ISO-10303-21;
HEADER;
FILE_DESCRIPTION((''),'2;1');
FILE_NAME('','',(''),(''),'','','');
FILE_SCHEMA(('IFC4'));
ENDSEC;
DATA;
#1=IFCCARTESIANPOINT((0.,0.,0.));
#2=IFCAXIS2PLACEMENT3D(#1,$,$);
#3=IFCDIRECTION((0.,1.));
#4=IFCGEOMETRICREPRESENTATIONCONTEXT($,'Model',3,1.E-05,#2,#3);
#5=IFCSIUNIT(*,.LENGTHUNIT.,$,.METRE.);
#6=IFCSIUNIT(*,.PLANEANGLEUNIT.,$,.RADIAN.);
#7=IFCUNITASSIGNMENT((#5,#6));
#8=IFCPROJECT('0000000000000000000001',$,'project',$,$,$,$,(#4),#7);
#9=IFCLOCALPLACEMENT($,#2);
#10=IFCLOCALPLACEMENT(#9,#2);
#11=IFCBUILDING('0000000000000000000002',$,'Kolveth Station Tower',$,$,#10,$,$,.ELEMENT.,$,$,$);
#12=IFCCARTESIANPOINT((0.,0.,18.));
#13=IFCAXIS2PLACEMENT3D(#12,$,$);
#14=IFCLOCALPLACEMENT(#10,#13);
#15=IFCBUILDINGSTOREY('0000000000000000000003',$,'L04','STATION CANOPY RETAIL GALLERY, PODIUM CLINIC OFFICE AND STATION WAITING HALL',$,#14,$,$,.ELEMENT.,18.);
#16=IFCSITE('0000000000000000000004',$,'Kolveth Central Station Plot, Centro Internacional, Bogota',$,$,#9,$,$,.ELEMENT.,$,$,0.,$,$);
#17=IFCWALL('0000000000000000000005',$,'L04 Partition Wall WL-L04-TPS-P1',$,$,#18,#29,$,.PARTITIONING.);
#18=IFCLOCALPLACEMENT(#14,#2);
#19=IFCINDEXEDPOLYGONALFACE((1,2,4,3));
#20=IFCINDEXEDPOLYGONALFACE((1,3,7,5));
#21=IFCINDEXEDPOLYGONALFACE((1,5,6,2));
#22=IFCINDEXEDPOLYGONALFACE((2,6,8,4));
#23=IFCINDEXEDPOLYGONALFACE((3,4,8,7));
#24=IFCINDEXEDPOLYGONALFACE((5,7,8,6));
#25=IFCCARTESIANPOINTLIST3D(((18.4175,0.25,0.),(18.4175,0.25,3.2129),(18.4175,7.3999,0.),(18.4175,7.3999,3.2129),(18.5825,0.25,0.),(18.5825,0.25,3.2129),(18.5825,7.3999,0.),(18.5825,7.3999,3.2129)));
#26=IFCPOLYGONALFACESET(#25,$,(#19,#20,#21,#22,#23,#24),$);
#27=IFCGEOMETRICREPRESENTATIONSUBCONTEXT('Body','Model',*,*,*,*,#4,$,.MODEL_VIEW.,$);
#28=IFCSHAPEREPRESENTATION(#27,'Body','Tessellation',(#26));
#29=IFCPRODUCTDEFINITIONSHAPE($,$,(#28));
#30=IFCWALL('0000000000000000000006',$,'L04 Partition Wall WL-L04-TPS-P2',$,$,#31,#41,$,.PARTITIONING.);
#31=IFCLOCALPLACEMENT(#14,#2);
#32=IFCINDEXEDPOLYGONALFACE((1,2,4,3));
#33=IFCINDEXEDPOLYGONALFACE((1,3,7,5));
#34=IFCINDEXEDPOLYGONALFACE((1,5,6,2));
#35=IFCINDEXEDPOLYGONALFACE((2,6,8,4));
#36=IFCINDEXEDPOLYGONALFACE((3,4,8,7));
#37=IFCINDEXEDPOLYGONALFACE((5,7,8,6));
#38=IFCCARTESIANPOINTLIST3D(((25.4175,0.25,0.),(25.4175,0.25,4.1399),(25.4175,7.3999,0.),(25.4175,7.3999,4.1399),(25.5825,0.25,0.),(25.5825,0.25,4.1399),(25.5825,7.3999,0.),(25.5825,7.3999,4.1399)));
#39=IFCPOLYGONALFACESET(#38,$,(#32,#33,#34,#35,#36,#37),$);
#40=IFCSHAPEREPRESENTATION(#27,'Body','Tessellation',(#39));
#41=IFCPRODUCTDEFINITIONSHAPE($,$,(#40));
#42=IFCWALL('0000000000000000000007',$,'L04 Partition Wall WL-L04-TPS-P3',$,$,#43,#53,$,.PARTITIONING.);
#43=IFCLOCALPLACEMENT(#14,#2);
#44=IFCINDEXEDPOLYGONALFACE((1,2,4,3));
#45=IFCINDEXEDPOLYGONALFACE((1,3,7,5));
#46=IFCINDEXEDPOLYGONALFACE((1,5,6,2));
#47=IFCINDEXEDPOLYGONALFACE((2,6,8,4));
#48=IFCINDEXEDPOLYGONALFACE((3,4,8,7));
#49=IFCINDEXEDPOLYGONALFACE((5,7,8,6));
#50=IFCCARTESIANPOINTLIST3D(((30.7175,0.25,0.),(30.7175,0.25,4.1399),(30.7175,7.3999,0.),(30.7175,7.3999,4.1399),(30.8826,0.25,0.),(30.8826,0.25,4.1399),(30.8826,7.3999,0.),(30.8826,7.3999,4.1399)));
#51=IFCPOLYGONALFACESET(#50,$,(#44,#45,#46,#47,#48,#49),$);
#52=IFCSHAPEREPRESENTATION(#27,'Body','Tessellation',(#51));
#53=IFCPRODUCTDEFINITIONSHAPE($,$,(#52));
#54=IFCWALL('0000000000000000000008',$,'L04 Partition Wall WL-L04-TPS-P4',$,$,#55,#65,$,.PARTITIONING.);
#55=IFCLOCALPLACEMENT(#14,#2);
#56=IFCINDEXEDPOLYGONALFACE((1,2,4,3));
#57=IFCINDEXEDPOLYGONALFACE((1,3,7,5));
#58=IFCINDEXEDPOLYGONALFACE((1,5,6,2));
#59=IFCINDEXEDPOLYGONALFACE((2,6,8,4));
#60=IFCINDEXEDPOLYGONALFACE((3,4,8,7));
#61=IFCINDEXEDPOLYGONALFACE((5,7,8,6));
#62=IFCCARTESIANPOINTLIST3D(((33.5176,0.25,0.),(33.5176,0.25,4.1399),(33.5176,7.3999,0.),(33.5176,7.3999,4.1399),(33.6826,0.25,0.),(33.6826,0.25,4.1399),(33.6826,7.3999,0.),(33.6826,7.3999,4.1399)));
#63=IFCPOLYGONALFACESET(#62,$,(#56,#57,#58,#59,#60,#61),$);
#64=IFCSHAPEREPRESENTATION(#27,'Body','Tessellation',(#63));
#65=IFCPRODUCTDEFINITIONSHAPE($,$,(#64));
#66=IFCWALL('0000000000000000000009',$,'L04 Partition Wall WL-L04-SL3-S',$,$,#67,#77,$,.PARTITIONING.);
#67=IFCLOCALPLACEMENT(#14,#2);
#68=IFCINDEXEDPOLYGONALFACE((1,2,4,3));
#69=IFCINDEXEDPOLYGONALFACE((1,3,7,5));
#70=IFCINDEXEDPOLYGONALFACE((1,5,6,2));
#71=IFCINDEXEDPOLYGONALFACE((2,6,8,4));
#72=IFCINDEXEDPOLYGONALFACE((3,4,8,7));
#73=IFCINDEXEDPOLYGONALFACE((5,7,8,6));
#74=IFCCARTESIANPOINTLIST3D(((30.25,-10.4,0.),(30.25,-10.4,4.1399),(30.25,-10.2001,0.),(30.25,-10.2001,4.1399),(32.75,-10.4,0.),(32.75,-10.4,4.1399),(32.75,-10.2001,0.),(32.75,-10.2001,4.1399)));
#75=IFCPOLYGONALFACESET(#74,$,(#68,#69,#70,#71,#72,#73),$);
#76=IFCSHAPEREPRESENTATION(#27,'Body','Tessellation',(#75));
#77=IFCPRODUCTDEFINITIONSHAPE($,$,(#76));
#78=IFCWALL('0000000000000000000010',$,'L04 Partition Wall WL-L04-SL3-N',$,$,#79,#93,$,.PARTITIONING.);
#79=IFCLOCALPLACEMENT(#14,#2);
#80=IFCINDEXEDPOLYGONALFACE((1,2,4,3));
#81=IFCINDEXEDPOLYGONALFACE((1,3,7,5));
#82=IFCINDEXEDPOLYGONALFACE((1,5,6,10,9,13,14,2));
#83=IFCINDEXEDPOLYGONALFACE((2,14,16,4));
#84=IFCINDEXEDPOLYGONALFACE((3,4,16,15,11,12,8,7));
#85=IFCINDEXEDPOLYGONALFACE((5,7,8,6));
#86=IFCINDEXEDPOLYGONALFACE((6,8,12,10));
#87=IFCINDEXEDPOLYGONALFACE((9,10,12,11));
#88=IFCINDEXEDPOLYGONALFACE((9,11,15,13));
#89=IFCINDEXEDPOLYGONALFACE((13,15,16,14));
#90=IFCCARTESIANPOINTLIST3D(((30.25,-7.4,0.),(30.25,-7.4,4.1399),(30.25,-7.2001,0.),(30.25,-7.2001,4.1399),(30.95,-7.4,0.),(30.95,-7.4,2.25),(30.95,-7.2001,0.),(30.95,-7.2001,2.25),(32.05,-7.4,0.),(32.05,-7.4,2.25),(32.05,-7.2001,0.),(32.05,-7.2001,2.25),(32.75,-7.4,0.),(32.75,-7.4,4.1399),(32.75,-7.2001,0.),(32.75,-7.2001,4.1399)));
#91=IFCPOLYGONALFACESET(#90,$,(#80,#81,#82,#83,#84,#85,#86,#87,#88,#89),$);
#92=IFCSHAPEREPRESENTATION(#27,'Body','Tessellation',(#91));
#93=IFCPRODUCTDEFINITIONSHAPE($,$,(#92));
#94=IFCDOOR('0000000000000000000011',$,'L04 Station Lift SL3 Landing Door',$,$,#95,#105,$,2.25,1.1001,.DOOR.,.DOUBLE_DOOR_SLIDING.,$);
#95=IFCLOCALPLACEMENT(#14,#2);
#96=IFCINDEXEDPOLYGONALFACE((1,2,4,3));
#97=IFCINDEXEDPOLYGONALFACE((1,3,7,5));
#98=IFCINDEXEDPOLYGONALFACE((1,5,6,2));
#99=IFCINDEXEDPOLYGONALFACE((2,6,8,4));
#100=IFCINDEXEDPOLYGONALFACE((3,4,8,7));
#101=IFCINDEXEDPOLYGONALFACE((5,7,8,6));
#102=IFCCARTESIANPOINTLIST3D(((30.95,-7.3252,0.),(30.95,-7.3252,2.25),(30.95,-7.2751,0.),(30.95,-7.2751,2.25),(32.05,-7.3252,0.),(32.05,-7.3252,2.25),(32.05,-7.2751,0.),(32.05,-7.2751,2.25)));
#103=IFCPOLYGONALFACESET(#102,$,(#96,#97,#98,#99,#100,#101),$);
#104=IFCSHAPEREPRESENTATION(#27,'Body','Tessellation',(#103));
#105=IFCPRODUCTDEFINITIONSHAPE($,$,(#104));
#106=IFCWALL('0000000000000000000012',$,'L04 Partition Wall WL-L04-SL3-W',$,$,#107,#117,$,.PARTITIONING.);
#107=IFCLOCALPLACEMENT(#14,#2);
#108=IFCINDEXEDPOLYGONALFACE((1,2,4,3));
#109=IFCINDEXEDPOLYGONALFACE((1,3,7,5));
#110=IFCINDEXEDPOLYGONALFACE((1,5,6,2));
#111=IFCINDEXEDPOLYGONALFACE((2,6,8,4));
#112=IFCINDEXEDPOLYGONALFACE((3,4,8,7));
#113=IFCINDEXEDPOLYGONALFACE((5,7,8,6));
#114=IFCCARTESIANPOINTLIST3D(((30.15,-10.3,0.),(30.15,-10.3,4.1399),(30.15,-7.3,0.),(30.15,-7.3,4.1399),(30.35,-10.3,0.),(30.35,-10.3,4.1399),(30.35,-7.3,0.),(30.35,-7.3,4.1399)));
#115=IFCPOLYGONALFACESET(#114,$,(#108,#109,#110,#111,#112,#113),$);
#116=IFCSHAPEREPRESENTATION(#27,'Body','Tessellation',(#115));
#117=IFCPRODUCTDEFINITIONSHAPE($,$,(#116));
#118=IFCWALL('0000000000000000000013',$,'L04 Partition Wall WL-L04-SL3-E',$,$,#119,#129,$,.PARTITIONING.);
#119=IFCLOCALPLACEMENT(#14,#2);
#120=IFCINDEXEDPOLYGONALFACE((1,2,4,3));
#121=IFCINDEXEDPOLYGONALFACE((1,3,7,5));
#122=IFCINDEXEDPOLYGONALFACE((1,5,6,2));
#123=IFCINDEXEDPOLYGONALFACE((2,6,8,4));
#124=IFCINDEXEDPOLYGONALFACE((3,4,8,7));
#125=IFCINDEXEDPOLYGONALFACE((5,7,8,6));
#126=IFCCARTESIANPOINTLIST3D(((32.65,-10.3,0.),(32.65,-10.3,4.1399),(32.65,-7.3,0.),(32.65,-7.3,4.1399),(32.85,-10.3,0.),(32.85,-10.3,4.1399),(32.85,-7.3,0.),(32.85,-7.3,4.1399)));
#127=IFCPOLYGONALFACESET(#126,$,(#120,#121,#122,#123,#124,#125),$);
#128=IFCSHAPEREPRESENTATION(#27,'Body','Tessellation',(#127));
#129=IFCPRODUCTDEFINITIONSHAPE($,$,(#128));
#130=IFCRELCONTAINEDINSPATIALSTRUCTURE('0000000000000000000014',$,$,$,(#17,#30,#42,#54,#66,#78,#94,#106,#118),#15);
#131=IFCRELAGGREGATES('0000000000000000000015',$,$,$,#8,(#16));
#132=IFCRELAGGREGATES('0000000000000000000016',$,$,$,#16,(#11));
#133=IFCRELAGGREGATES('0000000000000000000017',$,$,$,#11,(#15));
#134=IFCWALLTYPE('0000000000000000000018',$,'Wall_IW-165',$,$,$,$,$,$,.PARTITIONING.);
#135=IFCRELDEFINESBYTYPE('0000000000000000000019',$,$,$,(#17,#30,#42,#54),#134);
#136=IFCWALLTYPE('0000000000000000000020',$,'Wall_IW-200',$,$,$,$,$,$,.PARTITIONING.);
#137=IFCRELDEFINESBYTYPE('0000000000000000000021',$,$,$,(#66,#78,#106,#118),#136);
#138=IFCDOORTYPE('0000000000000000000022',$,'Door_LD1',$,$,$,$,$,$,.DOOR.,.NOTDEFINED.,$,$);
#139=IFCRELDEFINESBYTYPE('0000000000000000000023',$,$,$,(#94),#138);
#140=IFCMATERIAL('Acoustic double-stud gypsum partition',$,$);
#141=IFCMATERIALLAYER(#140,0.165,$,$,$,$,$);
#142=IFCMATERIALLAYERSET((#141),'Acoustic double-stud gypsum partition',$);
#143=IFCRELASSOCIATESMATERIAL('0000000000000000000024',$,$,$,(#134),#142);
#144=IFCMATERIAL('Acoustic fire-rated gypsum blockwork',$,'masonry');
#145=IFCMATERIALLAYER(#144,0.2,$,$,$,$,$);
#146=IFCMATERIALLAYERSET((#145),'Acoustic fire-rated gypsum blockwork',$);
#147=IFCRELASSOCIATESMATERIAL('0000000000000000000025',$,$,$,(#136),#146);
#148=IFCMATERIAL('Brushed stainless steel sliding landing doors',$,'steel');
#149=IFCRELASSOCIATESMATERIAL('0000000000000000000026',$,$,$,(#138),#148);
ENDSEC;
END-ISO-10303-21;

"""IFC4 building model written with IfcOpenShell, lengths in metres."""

from ifc_helpers import new_model, si_unit, direction, frame, frame_2d, origin, place, context, subcontext, project, spatial, rectangle, extrude, material, layer, layer_set, type_object, element, fill, save


model = new_model("IFC4")

# Units and contexts
model_context = context("Model", 3, precision=1e-05, world=origin(), true_north=direction((0.0, 1.0)))
body_context = subcontext(model_context, "Body", "Model", "MODEL_VIEW")
ifc_project = project(units=[si_unit("LENGTHUNIT", "METRE"), si_unit("PLANEANGLEUNIT", "RADIAN")], contexts=[model_context])

# Site, building, storey
site_placement = place(None, origin())
site = spatial("IfcSite", under=ifc_project, at=site_placement, Name="Kolveth Central Station Plot, Centro Internacional, Bogota", CompositionType="ELEMENT", RefElevation=0.0)
building_placement = place(site_placement, origin())
building = spatial("IfcBuilding", under=site, at=building_placement, Name="Kolveth Station Tower", CompositionType="ELEMENT")
storey_placement = place(building_placement, frame((0.0, 0.0, 18.0)))
storey = spatial("IfcBuildingStorey", under=building, at=storey_placement, Name="L04", Description="STATION CANOPY RETAIL GALLERY, PODIUM CLINIC OFFICE AND STATION WAITING HALL", CompositionType="ELEMENT", Elevation=18.0)

# Walls
ifc_material_1 = material(Name="Acoustic double-stud gypsum partition")
ifc_layer_1 = layer(ifc_material_1, 0.165)
ifc_layer_set_1 = layer_set([ifc_layer_1], Name="Acoustic double-stud gypsum partition")
wall_type_1 = type_object("IfcWallType", Name="Wall_IW-165", PredefinedType="PARTITIONING", material=ifc_layer_set_1)
wall_1_placement = place(storey_placement, frame((18.5, 0.25, 0.0), z_axis=(0.0, 0.0, 1.0), x_axis=(0.0, 1.0, 0.0)))
element("IfcWall", 1, at=wall_1_placement, inside=storey, type_object=wall_type_1, Name="L04 Partition Wall WL-L04-TPS-P1", PredefinedType="PARTITIONING", context=body_context, shape_type="SweptSolid", body=[
    extrude(rectangle(XDim=7.1499, YDim=0.165, at=frame_2d((3.575, 0.0))), origin(), (0.0, 0.0, 1.0), 3.2129),
])
for number, where, z_axis, x_axis, name in (
    (2, (25.5, 0.25, 0.0), (0.0, 0.0, 1.0), (0.0, 1.0, 0.0), "L04 Partition Wall WL-L04-TPS-P2"),
    (3, (30.8, 0.25, 0.0), (0.0, 0.0, 1.0), (0.0, 1.0, 0.0), "L04 Partition Wall WL-L04-TPS-P3"),
    (4, (33.6001, 0.25, 0.0), (0.0, 0.0, 1.0), (0.0, 1.0, 0.0), "L04 Partition Wall WL-L04-TPS-P4"),
):
    element("IfcWall", number, at=place(storey_placement, frame(where, z_axis=z_axis, x_axis=x_axis)), inside=storey, type_object=wall_type_1, Name=name, PredefinedType="PARTITIONING", context=body_context, shape_type="SweptSolid", body=[
        extrude(rectangle(XDim=7.1499, YDim=0.165, at=frame_2d((3.575, 0.0))), origin(), (0.0, 0.0, 1.0), 4.1399),
    ])
ifc_material_2 = material(Name="Acoustic fire-rated gypsum blockwork", Category="masonry")
ifc_layer_2 = layer(ifc_material_2, 0.2)
ifc_layer_set_2 = layer_set([ifc_layer_2], Name="Acoustic fire-rated gypsum blockwork")
wall_type_2 = type_object("IfcWallType", Name="Wall_IW-200", PredefinedType="PARTITIONING", material=ifc_layer_set_2)
wall_2_placement = place(storey_placement, frame((30.25, -10.3, 0.0), z_axis=(0.0, 0.0, 1.0), x_axis=(1.0, 0.0, 0.0)))
element("IfcWall", 5, at=wall_2_placement, inside=storey, type_object=wall_type_2, Name="L04 Partition Wall WL-L04-SL3-S", PredefinedType="PARTITIONING", context=body_context, shape_type="SweptSolid", body=[
    extrude(rectangle(XDim=2.5, YDim=0.2, at=frame_2d((1.25, 0.0))), origin(), (0.0, 0.0, 1.0), 4.1399),
])

# Wall, opening, door
wall_3_placement = place(storey_placement, frame((30.25, -7.3, 0.0), z_axis=(0.0, 0.0, 1.0), x_axis=(1.0, 0.0, 0.0)))
wall_3 = element("IfcWall", 6, at=wall_3_placement, inside=storey, type_object=wall_type_2, Name="L04 Partition Wall WL-L04-SL3-N", PredefinedType="PARTITIONING", context=body_context, shape_type="SweptSolid", body=[
    extrude(rectangle(XDim=2.5, YDim=0.2, at=frame_2d((1.25, 0.0))), origin(), (0.0, 0.0, 1.0), 4.1399),
])
opening_placement = place(wall_3_placement, frame((0.7, 0.0, 0.0)))
opening = element("IfcOpeningElement", 7, at=opening_placement, cuts=wall_3, PredefinedType="OPENING", context=body_context, shape_type="SweptSolid", body=[
    extrude(rectangle(XDim=1.1001, YDim=2.25, at=frame_2d((0.55, 1.125))), frame((0.0, 0.1099, 0.0), z_axis=(0.0, -1.0, 0.0), x_axis=(1.0, 0.0, 0.0)), (0.0, 0.0, 1.0), 0.22),
])
ifc_material_3 = material(Name="Brushed stainless steel sliding landing doors", Category="steel")
door_type = type_object("IfcDoorType", Name="Door_LD1", OperationType="NOTDEFINED", PredefinedType="DOOR", material=ifc_material_3)
door_placement = place(opening_placement, origin())
door = element("IfcDoor", 8, at=door_placement, inside=storey, type_object=door_type, Name="L04 Station Lift SL3 Landing Door", OperationType="DOUBLE_DOOR_SLIDING", OverallHeight=2.25, OverallWidth=1.1001, PredefinedType="DOOR", context=body_context, shape_type="SweptSolid", body=[
    extrude(rectangle(XDim=1.1001, YDim=2.25, at=frame_2d((0.55, 1.125))), frame((0.0, 0.0249, 0.0), z_axis=(0.0, -1.0, 0.0), x_axis=(1.0, 0.0, 0.0)), (0.0, 0.0, 1.0), 0.05),
])
fill(opening, door)

# Walls
for number, where, z_axis, x_axis, name in (
    (9, (30.25, -10.3, 0.0), (0.0, 0.0, 1.0), (0.0, 1.0, 0.0), "L04 Partition Wall WL-L04-SL3-W"),
    (10, (32.75, -10.3, 0.0), (0.0, 0.0, 1.0), (0.0, 1.0, 0.0), "L04 Partition Wall WL-L04-SL3-E"),
):
    element("IfcWall", number, at=place(storey_placement, frame(where, z_axis=z_axis, x_axis=x_axis)), inside=storey, type_object=wall_type_2, Name=name, PredefinedType="PARTITIONING", context=body_context, shape_type="SweptSolid", body=[
        extrude(rectangle(XDim=3.0, YDim=0.2, at=frame_2d((1.5, 0.0))), origin(), (0.0, 0.0, 1.0), 4.1399),
    ])

save(model, "model.ifc")
